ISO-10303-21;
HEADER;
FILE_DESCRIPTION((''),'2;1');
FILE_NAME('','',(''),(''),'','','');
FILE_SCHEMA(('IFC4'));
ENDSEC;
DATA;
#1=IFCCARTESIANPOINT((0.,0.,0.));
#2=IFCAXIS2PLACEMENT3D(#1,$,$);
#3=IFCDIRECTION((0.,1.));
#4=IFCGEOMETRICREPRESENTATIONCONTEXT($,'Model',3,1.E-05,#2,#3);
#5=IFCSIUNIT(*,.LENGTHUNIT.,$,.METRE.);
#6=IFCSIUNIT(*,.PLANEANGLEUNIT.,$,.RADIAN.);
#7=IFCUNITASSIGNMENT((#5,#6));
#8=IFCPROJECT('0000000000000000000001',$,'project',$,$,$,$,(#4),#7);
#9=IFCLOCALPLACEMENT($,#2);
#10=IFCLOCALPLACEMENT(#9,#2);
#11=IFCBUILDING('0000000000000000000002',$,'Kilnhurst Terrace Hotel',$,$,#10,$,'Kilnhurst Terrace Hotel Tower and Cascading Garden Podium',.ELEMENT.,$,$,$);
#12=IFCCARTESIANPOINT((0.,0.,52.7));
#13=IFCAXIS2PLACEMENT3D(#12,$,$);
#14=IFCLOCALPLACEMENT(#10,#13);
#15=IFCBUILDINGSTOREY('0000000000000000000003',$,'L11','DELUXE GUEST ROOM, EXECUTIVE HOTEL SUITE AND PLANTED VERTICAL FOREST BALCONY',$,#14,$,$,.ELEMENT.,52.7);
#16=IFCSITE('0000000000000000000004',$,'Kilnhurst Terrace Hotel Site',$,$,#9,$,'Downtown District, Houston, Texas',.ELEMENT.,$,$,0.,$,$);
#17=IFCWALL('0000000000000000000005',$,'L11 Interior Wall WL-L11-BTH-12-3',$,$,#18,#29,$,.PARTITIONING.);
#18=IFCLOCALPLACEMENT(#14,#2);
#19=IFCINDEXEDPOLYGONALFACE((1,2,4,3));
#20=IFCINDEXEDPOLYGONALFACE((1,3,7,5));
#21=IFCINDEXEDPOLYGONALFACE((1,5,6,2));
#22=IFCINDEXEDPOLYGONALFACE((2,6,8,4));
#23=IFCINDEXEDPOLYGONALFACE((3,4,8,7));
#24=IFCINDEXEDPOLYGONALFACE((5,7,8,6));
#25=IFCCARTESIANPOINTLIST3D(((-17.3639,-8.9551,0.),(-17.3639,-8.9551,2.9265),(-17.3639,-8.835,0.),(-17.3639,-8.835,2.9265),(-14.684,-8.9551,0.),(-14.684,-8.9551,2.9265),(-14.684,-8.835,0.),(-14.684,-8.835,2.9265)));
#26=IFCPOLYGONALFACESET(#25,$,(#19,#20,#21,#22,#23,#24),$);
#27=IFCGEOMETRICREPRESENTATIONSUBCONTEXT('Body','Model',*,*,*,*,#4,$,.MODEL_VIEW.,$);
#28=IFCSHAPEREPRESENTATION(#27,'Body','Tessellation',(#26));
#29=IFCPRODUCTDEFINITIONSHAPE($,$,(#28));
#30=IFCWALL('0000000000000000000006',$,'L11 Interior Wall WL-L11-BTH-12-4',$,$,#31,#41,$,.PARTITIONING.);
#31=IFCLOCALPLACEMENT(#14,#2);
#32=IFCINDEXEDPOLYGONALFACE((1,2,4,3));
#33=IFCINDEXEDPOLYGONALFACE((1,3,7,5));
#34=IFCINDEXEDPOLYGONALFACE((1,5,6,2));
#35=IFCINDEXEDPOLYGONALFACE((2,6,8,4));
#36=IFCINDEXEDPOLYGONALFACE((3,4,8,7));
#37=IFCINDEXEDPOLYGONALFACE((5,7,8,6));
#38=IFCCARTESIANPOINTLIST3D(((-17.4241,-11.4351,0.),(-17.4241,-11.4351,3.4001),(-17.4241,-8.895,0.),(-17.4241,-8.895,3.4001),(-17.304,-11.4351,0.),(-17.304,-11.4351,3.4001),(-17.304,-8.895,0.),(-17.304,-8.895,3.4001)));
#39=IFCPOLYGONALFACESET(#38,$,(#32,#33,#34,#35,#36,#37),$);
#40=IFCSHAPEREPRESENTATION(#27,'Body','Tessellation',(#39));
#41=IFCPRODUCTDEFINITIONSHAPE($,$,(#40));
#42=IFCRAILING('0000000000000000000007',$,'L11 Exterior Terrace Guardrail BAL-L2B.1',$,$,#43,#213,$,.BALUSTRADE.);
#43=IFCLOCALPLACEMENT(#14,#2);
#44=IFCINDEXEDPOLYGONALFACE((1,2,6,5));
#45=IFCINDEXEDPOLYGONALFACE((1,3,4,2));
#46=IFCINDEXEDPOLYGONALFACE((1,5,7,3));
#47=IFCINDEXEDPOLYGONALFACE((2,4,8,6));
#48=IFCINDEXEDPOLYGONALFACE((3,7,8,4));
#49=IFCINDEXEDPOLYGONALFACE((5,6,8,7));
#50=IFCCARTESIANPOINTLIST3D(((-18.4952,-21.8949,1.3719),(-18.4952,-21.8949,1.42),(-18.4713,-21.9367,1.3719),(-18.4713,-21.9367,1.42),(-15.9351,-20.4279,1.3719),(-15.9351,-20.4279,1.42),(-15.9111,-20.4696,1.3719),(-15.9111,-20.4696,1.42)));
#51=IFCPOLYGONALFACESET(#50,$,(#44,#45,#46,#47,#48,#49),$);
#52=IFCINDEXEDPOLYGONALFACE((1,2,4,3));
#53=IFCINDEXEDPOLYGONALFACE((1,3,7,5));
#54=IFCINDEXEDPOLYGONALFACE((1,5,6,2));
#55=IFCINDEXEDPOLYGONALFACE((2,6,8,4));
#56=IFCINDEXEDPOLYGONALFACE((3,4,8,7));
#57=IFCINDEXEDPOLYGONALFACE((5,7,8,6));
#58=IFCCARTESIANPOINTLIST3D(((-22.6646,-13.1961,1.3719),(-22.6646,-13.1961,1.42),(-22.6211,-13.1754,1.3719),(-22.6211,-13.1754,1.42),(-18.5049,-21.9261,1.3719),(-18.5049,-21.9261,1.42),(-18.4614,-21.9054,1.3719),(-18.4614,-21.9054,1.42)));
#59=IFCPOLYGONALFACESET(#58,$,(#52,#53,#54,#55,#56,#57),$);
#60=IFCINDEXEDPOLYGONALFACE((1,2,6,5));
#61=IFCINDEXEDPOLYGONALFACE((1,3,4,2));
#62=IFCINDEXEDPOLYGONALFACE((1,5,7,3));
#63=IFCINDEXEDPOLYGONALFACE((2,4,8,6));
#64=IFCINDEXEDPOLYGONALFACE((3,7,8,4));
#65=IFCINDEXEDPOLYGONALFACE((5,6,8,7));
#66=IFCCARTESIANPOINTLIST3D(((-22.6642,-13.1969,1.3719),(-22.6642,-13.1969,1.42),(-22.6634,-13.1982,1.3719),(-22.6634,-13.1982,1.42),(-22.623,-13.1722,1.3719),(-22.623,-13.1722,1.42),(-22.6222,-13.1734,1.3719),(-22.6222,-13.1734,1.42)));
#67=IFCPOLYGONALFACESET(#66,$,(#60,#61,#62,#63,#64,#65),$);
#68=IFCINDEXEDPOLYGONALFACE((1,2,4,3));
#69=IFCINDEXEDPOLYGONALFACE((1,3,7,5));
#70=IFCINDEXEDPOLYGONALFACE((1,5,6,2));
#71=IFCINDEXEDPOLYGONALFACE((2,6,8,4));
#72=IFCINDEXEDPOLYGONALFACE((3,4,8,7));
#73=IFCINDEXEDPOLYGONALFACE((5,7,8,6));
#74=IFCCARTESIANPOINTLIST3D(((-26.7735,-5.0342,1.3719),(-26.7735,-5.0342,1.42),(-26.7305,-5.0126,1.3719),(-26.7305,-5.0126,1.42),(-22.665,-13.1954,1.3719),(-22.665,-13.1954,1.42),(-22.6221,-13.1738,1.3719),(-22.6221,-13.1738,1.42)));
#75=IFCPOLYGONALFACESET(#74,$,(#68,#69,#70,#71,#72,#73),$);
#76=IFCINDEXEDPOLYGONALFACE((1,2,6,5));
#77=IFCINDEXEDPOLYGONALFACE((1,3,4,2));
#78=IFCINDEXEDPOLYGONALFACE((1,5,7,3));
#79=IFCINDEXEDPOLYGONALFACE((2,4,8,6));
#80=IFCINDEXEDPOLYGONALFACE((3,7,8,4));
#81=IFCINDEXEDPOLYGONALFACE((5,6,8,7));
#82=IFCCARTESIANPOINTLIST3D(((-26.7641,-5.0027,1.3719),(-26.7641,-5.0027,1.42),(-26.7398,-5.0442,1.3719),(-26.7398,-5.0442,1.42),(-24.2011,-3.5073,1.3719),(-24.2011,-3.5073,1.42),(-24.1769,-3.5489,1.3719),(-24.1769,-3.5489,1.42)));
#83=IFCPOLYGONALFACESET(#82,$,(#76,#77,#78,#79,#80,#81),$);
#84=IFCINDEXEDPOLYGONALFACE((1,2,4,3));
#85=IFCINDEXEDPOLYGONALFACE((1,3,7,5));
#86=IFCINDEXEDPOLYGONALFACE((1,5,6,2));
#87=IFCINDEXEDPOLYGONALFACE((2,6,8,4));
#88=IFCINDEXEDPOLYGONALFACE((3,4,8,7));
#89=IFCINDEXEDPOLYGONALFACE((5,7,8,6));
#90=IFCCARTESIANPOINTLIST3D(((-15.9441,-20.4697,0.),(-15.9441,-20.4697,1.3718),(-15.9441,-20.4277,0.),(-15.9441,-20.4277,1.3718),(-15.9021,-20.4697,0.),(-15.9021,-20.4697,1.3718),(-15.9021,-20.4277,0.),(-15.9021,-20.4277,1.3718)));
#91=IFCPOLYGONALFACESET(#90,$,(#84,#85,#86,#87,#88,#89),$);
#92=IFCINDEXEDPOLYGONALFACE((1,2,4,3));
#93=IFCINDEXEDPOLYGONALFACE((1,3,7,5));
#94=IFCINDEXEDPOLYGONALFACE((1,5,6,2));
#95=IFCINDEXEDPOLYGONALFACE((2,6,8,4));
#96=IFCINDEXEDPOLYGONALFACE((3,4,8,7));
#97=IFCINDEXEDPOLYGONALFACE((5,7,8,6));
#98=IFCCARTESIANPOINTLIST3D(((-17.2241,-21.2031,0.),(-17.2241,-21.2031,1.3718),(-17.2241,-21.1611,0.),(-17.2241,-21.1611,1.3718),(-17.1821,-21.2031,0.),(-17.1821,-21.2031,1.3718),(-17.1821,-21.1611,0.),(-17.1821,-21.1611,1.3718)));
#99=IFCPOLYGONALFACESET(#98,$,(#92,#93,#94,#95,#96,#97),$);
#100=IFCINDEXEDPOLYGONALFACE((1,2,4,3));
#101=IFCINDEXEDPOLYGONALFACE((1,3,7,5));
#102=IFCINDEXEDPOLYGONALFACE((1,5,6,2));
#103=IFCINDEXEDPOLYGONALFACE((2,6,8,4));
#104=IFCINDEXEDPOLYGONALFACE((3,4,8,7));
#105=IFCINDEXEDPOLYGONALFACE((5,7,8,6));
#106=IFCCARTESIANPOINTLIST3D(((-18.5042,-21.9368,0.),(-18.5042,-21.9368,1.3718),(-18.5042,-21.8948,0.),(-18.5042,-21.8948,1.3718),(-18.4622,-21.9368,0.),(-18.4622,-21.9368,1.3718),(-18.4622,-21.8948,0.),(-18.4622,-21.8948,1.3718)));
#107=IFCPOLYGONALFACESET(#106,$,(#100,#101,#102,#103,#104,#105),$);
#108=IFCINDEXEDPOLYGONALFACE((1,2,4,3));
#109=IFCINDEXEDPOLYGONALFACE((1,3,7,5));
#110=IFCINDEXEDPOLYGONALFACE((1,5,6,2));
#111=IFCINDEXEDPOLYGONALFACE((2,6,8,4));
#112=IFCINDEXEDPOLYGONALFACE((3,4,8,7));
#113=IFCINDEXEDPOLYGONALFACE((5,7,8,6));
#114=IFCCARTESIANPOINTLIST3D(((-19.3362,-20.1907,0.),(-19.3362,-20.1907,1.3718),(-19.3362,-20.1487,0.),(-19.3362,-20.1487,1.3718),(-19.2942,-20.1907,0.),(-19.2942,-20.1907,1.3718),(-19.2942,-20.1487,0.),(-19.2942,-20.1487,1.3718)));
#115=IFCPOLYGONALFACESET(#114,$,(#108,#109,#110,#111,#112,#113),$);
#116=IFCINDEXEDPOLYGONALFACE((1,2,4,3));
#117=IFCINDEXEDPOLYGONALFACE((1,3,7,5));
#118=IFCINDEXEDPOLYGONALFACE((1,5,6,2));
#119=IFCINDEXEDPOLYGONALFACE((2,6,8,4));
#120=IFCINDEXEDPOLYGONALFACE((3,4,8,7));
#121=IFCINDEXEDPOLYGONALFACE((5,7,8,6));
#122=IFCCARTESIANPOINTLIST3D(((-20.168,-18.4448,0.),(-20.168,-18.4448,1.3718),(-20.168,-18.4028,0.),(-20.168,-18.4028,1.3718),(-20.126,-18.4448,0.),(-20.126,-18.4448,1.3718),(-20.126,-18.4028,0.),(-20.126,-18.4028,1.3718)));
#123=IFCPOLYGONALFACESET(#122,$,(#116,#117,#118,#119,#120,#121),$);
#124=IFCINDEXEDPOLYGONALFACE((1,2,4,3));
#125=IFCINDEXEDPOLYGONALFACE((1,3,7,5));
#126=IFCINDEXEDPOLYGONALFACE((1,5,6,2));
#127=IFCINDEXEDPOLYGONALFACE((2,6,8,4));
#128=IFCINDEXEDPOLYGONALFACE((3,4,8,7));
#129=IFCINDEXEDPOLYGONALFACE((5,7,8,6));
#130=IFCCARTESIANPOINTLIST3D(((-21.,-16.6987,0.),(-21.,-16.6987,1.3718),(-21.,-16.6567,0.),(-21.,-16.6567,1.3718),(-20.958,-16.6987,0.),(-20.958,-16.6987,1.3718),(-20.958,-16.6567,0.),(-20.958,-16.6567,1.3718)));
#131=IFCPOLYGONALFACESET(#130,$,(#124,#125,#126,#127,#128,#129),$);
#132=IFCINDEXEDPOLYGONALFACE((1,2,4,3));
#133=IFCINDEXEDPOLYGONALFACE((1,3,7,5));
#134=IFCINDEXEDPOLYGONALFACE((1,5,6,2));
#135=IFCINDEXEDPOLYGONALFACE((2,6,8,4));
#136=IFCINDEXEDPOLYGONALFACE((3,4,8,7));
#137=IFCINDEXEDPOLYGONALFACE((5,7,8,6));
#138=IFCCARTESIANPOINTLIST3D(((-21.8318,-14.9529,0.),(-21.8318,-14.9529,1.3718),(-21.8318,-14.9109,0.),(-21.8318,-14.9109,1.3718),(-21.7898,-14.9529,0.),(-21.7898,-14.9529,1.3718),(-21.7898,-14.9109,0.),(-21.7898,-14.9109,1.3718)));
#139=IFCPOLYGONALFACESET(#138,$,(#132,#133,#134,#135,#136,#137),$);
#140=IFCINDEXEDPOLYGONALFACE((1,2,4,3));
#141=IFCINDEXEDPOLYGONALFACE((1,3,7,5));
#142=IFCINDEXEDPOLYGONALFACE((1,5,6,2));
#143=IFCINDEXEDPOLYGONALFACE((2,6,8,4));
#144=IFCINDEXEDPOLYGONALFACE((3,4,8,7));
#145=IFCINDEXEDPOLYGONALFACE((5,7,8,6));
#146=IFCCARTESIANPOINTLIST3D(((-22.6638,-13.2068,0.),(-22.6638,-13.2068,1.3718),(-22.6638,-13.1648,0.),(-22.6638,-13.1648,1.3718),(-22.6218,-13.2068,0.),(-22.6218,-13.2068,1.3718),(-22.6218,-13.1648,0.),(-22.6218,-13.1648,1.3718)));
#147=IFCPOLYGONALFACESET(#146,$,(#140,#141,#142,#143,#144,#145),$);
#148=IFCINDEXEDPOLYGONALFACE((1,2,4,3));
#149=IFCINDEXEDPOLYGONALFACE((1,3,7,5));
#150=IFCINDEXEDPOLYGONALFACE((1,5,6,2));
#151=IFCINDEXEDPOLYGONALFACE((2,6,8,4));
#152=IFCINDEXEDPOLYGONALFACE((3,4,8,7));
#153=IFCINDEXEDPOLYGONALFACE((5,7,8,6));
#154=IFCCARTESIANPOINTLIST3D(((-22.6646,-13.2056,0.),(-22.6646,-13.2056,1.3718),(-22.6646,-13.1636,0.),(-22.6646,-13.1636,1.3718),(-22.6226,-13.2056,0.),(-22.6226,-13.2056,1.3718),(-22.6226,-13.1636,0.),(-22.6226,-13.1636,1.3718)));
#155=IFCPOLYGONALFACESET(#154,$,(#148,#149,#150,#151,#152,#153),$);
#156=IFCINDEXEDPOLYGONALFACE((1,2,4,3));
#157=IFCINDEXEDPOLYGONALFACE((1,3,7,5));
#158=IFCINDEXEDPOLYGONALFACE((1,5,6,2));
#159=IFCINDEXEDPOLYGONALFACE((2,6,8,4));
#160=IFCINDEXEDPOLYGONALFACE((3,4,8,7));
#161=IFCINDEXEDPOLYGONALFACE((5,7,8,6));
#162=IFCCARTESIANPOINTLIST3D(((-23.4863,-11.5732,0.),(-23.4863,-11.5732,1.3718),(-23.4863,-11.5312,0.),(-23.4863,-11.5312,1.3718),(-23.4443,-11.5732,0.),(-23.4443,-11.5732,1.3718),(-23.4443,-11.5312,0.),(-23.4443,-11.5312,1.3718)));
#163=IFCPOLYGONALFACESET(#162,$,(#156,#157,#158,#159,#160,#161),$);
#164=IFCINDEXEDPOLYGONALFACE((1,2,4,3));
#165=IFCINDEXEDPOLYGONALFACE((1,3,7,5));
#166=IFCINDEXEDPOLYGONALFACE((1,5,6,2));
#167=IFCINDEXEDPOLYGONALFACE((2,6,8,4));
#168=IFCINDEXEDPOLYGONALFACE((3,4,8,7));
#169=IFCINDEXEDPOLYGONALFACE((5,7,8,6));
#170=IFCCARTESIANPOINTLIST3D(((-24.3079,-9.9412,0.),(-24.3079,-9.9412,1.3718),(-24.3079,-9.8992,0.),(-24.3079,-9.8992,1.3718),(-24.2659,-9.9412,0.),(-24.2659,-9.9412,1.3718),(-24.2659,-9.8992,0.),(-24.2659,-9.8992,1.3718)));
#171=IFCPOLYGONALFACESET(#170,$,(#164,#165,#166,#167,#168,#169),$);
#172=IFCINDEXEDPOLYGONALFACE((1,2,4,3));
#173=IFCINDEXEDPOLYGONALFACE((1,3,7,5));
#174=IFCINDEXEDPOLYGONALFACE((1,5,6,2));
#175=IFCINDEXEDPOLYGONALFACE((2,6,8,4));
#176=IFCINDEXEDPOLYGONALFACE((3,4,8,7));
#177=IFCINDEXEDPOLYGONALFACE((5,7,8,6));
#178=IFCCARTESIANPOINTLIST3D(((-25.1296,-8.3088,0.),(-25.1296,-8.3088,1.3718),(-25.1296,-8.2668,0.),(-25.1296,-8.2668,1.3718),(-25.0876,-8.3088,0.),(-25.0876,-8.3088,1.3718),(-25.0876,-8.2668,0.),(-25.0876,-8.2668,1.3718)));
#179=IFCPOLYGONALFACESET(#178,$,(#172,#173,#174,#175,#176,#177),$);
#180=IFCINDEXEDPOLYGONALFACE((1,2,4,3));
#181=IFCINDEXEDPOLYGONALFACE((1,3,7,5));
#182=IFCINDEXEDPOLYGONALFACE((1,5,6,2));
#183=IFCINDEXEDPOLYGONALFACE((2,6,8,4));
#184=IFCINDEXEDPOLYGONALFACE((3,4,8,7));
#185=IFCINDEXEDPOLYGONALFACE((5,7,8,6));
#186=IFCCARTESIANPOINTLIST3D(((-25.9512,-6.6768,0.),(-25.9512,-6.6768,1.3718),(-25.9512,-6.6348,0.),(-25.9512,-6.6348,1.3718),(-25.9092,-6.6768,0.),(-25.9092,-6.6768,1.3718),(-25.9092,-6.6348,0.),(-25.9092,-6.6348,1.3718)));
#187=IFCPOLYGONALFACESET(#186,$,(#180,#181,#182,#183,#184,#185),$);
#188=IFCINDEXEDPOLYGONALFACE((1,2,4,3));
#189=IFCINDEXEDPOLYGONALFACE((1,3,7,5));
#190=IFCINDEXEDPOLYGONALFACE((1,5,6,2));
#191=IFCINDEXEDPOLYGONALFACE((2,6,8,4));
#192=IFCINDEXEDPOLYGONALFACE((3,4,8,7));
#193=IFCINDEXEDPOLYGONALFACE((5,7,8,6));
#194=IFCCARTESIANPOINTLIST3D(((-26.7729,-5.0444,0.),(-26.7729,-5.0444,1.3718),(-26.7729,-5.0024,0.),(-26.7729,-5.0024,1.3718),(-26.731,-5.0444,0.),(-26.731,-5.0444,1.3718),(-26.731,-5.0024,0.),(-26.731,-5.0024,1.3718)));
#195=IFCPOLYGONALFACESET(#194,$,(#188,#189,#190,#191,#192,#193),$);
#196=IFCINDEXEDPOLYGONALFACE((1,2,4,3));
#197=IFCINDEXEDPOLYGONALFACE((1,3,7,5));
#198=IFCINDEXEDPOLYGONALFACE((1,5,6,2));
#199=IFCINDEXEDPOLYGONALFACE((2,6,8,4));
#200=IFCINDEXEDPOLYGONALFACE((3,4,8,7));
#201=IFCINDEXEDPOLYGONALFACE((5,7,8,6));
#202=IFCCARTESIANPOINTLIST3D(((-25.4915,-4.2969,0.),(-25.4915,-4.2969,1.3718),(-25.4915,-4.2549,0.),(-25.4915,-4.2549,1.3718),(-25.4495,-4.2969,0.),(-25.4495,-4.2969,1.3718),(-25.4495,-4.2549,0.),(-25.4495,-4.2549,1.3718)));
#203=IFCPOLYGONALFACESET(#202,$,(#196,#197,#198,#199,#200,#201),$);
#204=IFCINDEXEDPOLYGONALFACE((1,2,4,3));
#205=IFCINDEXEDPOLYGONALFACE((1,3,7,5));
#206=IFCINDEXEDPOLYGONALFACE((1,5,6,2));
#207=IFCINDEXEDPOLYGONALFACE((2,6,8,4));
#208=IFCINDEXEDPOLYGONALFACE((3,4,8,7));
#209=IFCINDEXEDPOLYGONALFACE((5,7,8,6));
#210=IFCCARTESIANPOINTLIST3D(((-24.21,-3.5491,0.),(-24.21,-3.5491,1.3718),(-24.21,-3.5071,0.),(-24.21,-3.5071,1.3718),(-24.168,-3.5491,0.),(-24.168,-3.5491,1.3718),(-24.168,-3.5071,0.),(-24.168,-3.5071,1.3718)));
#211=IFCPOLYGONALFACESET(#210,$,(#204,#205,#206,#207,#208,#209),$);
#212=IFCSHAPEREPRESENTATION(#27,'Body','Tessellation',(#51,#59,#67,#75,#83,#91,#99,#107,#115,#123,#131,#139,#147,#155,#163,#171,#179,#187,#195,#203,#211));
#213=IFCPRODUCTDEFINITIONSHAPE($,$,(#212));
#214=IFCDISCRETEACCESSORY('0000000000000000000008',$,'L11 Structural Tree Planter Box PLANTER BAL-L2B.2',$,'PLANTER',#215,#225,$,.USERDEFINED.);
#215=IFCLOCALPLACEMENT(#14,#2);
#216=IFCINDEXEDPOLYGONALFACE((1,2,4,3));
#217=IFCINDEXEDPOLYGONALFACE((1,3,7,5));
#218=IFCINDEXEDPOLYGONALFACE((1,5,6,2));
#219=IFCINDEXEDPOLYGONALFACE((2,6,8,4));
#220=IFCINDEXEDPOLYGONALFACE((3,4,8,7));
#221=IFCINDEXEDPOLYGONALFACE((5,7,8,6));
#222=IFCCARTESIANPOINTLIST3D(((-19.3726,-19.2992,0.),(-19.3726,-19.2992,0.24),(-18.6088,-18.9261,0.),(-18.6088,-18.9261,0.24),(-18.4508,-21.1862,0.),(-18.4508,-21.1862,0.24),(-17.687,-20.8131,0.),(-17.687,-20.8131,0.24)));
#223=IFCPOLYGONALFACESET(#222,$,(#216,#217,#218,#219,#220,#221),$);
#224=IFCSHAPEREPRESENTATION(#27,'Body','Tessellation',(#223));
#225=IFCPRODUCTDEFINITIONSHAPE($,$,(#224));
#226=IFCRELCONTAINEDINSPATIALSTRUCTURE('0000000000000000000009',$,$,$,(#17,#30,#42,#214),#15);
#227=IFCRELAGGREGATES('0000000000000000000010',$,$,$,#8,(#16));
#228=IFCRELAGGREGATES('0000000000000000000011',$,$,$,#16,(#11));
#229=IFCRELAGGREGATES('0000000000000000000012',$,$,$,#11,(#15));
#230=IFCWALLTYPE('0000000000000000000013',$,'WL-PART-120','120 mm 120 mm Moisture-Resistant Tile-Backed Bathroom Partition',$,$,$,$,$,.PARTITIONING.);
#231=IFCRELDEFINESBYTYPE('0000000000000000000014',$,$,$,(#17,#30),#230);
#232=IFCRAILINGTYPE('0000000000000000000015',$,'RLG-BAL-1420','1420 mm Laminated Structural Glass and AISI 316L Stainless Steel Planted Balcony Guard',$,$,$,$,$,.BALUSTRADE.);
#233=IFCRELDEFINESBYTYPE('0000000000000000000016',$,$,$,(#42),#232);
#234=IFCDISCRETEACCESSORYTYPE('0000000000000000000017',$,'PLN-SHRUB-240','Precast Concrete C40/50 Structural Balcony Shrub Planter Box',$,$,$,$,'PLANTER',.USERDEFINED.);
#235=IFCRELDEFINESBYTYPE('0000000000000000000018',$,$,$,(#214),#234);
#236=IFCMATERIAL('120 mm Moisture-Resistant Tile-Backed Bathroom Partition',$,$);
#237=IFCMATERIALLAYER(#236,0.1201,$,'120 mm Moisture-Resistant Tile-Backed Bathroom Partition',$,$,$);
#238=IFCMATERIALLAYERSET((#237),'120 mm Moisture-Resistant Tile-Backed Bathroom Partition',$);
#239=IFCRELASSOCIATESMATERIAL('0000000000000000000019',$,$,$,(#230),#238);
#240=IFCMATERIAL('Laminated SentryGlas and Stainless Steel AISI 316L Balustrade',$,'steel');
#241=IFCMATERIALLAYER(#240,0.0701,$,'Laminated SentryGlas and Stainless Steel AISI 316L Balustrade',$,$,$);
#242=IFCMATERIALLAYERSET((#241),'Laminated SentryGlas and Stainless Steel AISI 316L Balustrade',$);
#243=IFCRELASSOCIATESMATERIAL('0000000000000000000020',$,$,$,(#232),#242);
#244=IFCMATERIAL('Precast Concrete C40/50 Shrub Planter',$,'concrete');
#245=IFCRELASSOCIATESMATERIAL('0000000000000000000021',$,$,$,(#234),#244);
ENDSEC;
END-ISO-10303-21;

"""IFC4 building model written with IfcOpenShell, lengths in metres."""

from ifc_helpers import new_model, si_unit, direction, frame, frame_2d, origin, origin_2d, place, context, subcontext, project, spatial, rectangle, extrude, material, layer, layer_set, type_object, element, save


model = new_model("IFC4")

# Units and contexts
model_context = context("Model", 3, precision=1e-05, world=origin(), true_north=direction((0.0, 1.0)))
body_context = subcontext(model_context, "Body", "Model", "MODEL_VIEW")
ifc_project = project(units=[si_unit("LENGTHUNIT", "METRE"), si_unit("PLANEANGLEUNIT", "RADIAN")], contexts=[model_context])

# Site, building, storey
site_placement = place(None, origin())
site = spatial("IfcSite", under=ifc_project, at=site_placement, Name="Kilnhurst Terrace Hotel Site", LongName="Downtown District, Houston, Texas", CompositionType="ELEMENT", RefElevation=0.0)
building_placement = place(site_placement, origin())
building = spatial("IfcBuilding", under=site, at=building_placement, Name="Kilnhurst Terrace Hotel", LongName="Kilnhurst Terrace Hotel Tower and Cascading Garden Podium", CompositionType="ELEMENT")
storey_placement = place(building_placement, frame((0.0, 0.0, 52.7)))
storey = spatial("IfcBuildingStorey", under=building, at=storey_placement, Name="L11", Description="DELUXE GUEST ROOM, EXECUTIVE HOTEL SUITE AND PLANTED VERTICAL FOREST BALCONY", CompositionType="ELEMENT", Elevation=52.7)

# Shared definitions
ifc_material_1 = material(Name="120 mm Moisture-Resistant Tile-Backed Bathroom Partition")
ifc_layer_1 = layer(ifc_material_1, 0.1201, Name="120 mm Moisture-Resistant Tile-Backed Bathroom Partition")
ifc_layer_set_1 = layer_set([ifc_layer_1], Name="120 mm Moisture-Resistant Tile-Backed Bathroom Partition")
wall_type_1 = type_object("IfcWallType", Name="WL-PART-120", Description="120 mm 120 mm Moisture-Resistant Tile-Backed Bathroom Partition", PredefinedType="PARTITIONING", material=ifc_layer_set_1)

# Walls
wall_1_placement = place(storey_placement, frame((-14.6841, -8.895, 0.0), z_axis=(0.0, 0.0, 1.0), x_axis=(-1.0, 0.0, 0.0)))
element("IfcWall", 1, at=wall_1_placement, inside=storey, type_object=wall_type_1, Name="L11 Interior Wall WL-L11-BTH-12-3", PredefinedType="PARTITIONING", context=body_context, shape_type="SweptSolid", body=[
    extrude(rectangle(XDim=2.6799, YDim=0.1201, at=frame_2d((1.3398, 0.0))), origin(), (0.0, 0.0, 1.0), 2.9265),
])
wall_2_placement = place(storey_placement, frame((-17.364, -8.895, 0.0), z_axis=(0.0, 0.0, 1.0), x_axis=(0.0, -1.0, 0.0)))
element("IfcWall", 2, at=wall_2_placement, inside=storey, type_object=wall_type_1, Name="L11 Interior Wall WL-L11-BTH-12-4", PredefinedType="PARTITIONING", context=body_context, shape_type="SweptSolid", body=[
    extrude(rectangle(XDim=2.54, YDim=0.1201, at=frame_2d((1.27, 0.0))), origin(), (0.0, 0.0, 1.0), 3.4001),
])

# Railing
ifc_material_2 = material(Name="Laminated SentryGlas and Stainless Steel AISI 316L Balustrade", Category="steel")
ifc_layer_2 = layer(ifc_material_2, 0.0701, Name="Laminated SentryGlas and Stainless Steel AISI 316L Balustrade")
ifc_layer_set_2 = layer_set([ifc_layer_2], Name="Laminated SentryGlas and Stainless Steel AISI 316L Balustrade")
railing_type = type_object("IfcRailingType", Name="RLG-BAL-1420", Description="1420 mm Laminated Structural Glass and AISI 316L Stainless Steel Planted Balcony Guard", PredefinedType="BALUSTRADE", material=ifc_layer_set_2)
railing_placement = place(storey_placement, frame((-15.9231, -20.4487, 0.0)))
element("IfcRailing", 3, at=railing_placement, inside=storey, type_object=railing_type, Name="L11 Exterior Terrace Guardrail BAL-L2B.1", PredefinedType="BALUSTRADE", context=body_context, shape_type="SweptSolid", body=[
    extrude(rectangle(XDim=0.0481, YDim=0.0481, at=origin_2d()), frame((0.0, 0.0, 1.396), z_axis=(-0.867637, -0.497199, 0.0), x_axis=(0.497199, -0.867637, 0.0)), (0.0, 0.0, 1.0), 2.9507),
    extrude(rectangle(XDim=0.0481, YDim=0.0481, at=origin_2d()), frame((-2.5601, -1.467, 1.396), z_axis=(-0.430147, 0.902759, 0.0), x_axis=(-0.902759, -0.430147, 0.0)), (0.0, 0.0, 1.0), 9.6704),
    extrude(rectangle(XDim=0.0481, YDim=0.0481, at=origin_2d()), frame((-6.7197, 7.2629, 1.396), z_axis=(-0.514496, 0.857493, 0.0), x_axis=(-0.857493, -0.514496, 0.0)), (0.0, 0.0, 1.0), 0.0015),
    extrude(rectangle(XDim=0.0481, YDim=0.0481, at=origin_2d()), frame((-6.7205, 7.2642, 1.396), z_axis=(-0.449649, 0.893205, 0.0), x_axis=(-0.893205, -0.449649, 0.0)), (0.0, 0.0, 1.0), 9.137),
    extrude(rectangle(XDim=0.0481, YDim=0.0481, at=origin_2d()), frame((-10.8289, 15.4253, 1.396), z_axis=(0.863737, 0.503943, 0.0), x_axis=(-0.503943, 0.863737, 0.0)), (0.0, 0.0, 1.0), 2.9673),
    extrude(rectangle(XDim=0.042, YDim=0.042, at=origin_2d()), origin(), (0.0, 0.0, 1.0), 1.3718),
    extrude(rectangle(XDim=0.042, YDim=0.042, at=origin_2d()), frame((-1.28, -0.7334, 0.0)), (0.0, 0.0, 1.0), 1.3718),
    extrude(rectangle(XDim=0.042, YDim=0.042, at=origin_2d()), frame((-2.5601, -1.467, 0.0)), (0.0, 0.0, 1.0), 1.3718),
    extrude(rectangle(XDim=0.042, YDim=0.042, at=origin_2d()), frame((-3.3921, 0.2791, 0.0)), (0.0, 0.0, 1.0), 1.3718),
    extrude(rectangle(XDim=0.042, YDim=0.042, at=origin_2d()), frame((-4.2239, 2.0249, 0.0)), (0.0, 0.0, 1.0), 1.3718),
    extrude(rectangle(XDim=0.042, YDim=0.042, at=origin_2d()), frame((-5.0559, 3.771, 0.0)), (0.0, 0.0, 1.0), 1.3718),
    extrude(rectangle(XDim=0.042, YDim=0.042, at=origin_2d()), frame((-5.8877, 5.5168, 0.0)), (0.0, 0.0, 1.0), 1.3718),
    extrude(rectangle(XDim=0.042, YDim=0.042, at=origin_2d()), frame((-6.7197, 7.2629, 0.0)), (0.0, 0.0, 1.0), 1.3718),
    extrude(rectangle(XDim=0.042, YDim=0.042, at=origin_2d()), frame((-6.7205, 7.2642, 0.0)), (0.0, 0.0, 1.0), 1.3718),
    extrude(rectangle(XDim=0.042, YDim=0.042, at=origin_2d()), frame((-7.5422, 8.8965, 0.0)), (0.0, 0.0, 1.0), 1.3718),
    extrude(rectangle(XDim=0.042, YDim=0.042, at=origin_2d()), frame((-8.3638, 10.5286, 0.0)), (0.0, 0.0, 1.0), 1.3718),
    extrude(rectangle(XDim=0.042, YDim=0.042, at=origin_2d()), frame((-9.1855, 12.1609, 0.0)), (0.0, 0.0, 1.0), 1.3718),
    extrude(rectangle(XDim=0.042, YDim=0.042, at=origin_2d()), frame((-10.0071, 13.793, 0.0)), (0.0, 0.0, 1.0), 1.3718),
    extrude(rectangle(XDim=0.042, YDim=0.042, at=origin_2d()), frame((-10.8289, 15.4253, 0.0)), (0.0, 0.0, 1.0), 1.3718),
    extrude(rectangle(XDim=0.042, YDim=0.042, at=origin_2d()), frame((-9.5474, 16.1729, 0.0)), (0.0, 0.0, 1.0), 1.3718),
    extrude(rectangle(XDim=0.042, YDim=0.042, at=origin_2d()), frame((-8.2659, 16.9207, 0.0)), (0.0, 0.0, 1.0), 1.3718),
])

# Discrete accessory
ifc_material_3 = material(Name="Precast Concrete C40/50 Shrub Planter", Category="concrete")
discrete_accessory_type = type_object("IfcDiscreteAccessoryType", Name="PLN-SHRUB-240", Description="Precast Concrete C40/50 Structural Balcony Shrub Planter Box", ElementType="PLANTER", PredefinedType="USERDEFINED", material=ifc_material_3)
discrete_accessory_placement = place(storey_placement, frame((-18.5298, -20.0562, 0.0), z_axis=(0.0, 0.0, 1.0), x_axis=(0.438936, -0.898518, 0.0)))
element("IfcDiscreteAccessory", 4, at=discrete_accessory_placement, inside=storey, type_object=discrete_accessory_type, Name="L11 Structural Tree Planter Box PLANTER BAL-L2B.2", ObjectType="PLANTER", PredefinedType="USERDEFINED", context=body_context, shape_type="SweptSolid", body=[
    extrude(rectangle(XDim=2.1001, YDim=0.8501, at=origin_2d()), origin(), (0.0, 0.0, 1.0), 0.24),
])

save(model, "model.ifc")
